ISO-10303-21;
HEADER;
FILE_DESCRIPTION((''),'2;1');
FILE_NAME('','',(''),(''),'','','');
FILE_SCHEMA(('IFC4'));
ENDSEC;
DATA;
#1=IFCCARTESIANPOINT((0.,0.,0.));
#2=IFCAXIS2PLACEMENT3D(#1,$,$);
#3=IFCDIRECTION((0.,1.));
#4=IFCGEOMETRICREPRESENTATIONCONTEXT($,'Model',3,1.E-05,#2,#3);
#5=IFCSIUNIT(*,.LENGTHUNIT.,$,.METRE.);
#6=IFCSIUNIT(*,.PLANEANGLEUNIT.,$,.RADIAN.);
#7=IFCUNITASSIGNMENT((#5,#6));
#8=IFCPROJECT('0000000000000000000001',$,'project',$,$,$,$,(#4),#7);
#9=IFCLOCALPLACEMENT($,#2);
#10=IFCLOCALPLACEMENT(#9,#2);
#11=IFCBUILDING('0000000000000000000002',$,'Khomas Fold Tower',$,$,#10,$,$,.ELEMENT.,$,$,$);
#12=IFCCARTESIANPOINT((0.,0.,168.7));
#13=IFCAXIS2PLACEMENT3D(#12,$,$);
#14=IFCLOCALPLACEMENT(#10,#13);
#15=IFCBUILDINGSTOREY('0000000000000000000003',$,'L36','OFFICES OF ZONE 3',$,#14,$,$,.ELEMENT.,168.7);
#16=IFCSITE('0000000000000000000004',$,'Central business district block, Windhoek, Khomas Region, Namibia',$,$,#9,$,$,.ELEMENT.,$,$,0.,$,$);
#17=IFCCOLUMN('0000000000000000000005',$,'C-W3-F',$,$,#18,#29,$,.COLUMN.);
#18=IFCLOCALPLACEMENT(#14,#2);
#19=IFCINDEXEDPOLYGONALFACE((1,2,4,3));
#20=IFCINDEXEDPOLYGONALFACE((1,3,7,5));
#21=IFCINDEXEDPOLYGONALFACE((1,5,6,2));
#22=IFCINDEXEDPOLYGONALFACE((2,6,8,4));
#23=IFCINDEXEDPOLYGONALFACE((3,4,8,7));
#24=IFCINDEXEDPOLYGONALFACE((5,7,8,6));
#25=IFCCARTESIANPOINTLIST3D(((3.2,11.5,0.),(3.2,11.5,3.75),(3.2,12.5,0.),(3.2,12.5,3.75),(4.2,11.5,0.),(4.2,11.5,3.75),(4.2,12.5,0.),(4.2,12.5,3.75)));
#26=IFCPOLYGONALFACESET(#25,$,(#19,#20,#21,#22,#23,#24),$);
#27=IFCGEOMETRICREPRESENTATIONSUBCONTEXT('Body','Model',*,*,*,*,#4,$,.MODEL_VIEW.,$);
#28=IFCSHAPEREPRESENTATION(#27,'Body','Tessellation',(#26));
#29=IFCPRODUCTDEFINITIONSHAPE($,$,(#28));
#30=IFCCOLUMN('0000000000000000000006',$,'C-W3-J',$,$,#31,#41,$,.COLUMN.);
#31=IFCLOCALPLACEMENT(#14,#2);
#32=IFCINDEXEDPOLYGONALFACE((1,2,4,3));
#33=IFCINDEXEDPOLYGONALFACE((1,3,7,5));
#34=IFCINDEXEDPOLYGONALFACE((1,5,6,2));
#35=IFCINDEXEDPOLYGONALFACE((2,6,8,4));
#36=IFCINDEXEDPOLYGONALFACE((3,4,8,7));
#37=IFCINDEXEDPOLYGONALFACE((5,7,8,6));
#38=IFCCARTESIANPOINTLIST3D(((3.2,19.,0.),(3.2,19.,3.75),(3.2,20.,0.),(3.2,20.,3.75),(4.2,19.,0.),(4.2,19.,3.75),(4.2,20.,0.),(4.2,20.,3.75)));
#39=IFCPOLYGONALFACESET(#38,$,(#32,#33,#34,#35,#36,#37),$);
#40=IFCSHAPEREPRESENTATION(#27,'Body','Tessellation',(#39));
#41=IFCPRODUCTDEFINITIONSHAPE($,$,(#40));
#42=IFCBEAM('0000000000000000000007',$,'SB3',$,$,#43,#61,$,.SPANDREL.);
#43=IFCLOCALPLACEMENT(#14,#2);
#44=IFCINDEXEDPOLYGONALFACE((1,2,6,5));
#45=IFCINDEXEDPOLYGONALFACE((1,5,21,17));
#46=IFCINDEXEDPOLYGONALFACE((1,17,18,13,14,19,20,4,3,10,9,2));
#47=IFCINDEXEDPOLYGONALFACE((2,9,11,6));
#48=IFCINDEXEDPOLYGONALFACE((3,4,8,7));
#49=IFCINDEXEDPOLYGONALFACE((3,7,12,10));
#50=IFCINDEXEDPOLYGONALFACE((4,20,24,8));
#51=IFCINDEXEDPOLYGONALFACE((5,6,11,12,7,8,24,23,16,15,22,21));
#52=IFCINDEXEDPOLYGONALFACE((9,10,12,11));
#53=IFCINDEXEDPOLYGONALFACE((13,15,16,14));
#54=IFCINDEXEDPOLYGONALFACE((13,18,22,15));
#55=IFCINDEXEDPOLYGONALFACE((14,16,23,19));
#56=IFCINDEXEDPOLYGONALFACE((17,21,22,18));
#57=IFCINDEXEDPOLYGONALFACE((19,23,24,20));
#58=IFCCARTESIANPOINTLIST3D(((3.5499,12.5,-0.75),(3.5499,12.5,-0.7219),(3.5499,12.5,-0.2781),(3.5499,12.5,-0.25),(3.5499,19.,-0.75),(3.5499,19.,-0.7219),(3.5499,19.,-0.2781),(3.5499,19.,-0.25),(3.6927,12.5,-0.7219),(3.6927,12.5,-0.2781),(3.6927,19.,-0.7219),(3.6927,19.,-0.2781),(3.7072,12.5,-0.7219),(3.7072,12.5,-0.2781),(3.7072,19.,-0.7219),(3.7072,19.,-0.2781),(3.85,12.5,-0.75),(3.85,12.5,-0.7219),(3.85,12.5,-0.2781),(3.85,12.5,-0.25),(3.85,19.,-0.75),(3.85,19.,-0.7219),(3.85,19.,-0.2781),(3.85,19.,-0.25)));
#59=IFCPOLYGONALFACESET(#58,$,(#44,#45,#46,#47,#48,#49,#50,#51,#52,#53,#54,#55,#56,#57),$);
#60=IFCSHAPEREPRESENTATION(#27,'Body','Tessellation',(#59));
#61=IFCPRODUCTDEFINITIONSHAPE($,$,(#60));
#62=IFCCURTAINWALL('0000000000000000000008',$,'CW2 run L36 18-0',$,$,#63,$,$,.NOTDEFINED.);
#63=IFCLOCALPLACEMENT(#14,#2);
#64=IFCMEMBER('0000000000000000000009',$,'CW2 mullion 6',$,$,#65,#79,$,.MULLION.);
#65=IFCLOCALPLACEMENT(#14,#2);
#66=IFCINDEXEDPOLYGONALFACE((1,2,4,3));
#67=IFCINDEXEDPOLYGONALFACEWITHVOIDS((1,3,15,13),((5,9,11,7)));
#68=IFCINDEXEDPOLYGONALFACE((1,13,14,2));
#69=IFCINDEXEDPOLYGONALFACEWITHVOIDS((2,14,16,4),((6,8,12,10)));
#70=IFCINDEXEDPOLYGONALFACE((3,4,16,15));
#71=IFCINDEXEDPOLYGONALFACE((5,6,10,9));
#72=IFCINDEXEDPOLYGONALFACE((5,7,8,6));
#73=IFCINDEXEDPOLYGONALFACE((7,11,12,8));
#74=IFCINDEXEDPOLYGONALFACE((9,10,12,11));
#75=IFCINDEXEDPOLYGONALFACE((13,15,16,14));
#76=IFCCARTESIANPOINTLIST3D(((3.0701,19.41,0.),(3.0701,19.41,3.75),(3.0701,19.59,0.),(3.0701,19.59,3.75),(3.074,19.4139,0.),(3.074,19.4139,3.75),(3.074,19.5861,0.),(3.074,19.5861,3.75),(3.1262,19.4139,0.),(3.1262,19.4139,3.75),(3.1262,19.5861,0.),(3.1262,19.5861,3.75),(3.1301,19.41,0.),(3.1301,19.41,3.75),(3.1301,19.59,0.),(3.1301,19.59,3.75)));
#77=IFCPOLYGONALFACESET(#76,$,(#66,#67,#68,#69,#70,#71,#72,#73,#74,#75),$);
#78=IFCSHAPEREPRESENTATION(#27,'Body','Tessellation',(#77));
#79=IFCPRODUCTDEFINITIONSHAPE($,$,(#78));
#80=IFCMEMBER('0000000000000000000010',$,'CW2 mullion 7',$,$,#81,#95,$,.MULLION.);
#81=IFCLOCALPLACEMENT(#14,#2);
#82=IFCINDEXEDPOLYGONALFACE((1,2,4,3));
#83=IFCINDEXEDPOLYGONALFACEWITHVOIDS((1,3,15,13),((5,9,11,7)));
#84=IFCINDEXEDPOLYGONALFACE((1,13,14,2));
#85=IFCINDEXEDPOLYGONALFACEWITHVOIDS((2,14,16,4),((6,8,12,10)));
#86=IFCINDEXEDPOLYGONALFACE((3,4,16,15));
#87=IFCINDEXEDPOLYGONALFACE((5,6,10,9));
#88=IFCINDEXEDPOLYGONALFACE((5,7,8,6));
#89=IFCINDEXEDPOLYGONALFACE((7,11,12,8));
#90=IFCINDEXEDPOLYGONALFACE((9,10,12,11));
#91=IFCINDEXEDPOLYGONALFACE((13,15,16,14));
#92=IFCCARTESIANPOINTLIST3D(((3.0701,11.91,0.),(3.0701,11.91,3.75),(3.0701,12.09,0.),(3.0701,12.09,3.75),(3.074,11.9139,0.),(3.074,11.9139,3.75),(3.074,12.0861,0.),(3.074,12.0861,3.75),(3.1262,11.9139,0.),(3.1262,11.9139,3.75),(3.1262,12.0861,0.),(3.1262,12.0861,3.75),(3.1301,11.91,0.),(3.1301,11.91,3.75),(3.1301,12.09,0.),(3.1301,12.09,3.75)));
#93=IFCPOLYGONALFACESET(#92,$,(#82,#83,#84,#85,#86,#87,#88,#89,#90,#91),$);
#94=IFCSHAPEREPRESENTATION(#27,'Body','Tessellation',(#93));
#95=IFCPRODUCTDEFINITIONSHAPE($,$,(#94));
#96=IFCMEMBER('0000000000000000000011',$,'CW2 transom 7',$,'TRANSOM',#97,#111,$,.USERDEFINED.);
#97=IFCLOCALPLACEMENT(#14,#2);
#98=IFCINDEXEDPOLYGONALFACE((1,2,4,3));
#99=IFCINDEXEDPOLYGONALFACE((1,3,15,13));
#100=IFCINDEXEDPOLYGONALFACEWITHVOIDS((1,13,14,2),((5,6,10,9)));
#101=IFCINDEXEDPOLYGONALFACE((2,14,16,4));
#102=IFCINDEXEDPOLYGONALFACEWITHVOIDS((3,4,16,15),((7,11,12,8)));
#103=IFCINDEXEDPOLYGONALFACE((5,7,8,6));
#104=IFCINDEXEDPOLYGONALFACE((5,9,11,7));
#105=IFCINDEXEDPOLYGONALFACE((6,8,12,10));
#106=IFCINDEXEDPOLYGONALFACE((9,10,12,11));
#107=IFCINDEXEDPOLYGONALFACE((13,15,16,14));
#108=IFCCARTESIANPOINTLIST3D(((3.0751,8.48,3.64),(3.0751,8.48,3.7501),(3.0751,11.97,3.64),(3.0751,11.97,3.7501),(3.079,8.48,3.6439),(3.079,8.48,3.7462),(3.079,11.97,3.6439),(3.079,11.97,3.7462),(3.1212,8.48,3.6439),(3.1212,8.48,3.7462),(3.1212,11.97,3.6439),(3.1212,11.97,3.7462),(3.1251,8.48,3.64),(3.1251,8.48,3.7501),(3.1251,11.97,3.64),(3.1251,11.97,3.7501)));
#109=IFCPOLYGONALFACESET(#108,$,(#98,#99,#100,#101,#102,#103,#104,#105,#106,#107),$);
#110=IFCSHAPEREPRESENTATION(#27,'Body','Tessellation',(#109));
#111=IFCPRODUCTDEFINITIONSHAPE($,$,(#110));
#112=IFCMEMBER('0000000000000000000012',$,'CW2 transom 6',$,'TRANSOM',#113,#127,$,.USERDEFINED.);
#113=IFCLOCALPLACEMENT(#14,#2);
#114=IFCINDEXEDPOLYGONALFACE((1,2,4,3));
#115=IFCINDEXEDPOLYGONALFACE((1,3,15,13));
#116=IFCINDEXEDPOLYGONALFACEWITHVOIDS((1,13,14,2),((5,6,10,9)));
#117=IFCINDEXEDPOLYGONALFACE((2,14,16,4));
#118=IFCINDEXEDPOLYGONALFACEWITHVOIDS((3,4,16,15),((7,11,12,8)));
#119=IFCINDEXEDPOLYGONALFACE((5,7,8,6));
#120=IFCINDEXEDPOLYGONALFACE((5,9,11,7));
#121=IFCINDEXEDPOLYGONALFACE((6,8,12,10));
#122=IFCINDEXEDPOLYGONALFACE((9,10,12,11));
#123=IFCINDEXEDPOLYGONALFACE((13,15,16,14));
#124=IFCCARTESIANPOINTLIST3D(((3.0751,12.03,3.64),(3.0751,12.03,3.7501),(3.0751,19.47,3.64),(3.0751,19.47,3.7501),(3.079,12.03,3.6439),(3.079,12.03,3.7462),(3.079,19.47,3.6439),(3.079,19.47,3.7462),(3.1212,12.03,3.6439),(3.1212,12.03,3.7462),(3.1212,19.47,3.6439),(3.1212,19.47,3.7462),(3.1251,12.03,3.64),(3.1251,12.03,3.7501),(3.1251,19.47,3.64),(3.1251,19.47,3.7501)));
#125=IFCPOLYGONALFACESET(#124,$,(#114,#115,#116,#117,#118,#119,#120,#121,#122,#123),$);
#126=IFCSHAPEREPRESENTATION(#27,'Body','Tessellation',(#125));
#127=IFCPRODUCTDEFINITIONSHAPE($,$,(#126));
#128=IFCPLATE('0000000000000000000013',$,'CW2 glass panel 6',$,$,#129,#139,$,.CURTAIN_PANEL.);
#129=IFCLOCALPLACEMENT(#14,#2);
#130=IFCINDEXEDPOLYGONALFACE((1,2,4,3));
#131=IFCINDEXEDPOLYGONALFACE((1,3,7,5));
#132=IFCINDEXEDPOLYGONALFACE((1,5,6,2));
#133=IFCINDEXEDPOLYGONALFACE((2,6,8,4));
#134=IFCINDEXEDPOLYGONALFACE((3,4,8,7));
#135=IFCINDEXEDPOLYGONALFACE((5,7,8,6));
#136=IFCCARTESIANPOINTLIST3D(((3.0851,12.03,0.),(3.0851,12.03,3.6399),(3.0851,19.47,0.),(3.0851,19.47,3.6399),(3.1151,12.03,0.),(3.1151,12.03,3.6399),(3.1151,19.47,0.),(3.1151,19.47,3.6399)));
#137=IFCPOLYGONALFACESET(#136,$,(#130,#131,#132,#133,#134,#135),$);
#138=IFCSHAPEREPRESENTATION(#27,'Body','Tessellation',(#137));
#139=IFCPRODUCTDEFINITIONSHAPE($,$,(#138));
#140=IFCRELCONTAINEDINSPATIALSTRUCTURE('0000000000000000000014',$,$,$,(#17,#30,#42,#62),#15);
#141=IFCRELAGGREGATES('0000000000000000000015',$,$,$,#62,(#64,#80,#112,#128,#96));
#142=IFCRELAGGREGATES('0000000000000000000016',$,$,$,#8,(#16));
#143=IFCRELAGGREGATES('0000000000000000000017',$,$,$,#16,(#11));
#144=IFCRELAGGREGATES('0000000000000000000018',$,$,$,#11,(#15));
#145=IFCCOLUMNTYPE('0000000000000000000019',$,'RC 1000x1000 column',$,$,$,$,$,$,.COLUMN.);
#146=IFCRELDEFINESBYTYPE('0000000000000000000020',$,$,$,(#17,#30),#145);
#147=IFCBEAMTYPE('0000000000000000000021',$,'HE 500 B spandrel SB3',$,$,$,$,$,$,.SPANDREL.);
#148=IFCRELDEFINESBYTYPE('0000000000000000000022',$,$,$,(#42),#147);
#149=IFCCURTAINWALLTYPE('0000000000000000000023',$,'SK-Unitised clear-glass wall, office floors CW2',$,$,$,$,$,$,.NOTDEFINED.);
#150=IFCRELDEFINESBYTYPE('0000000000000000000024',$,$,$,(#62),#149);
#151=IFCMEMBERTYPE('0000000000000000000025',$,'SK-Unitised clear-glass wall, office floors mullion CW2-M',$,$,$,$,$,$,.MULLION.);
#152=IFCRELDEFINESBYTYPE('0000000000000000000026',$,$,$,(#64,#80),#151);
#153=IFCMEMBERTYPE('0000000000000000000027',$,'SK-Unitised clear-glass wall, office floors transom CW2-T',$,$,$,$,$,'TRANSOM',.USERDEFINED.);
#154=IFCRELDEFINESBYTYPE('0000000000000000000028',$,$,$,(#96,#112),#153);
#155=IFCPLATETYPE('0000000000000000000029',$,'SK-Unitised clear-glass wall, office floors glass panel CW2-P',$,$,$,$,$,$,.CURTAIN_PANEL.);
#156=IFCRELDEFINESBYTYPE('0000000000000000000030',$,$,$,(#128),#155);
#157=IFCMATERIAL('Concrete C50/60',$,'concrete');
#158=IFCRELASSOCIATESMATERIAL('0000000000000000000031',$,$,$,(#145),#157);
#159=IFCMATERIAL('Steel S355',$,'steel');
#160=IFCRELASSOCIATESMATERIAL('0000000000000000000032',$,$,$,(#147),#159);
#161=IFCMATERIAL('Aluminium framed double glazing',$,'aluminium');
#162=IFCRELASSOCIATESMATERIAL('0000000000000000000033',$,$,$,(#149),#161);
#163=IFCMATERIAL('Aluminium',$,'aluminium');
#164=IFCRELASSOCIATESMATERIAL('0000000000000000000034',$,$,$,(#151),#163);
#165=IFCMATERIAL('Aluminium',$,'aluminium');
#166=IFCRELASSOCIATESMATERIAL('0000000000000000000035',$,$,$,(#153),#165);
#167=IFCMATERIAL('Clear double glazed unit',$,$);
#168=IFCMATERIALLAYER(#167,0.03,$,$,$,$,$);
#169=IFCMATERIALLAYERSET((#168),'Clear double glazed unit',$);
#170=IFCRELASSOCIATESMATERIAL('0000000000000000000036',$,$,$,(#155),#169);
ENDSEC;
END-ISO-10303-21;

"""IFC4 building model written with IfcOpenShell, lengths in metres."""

from ifc_helpers import new_model, si_unit, direction, frame, origin, origin_2d, place, context, subcontext, project, spatial, rectangle, hollow_rectangle, i_section, extrude, source, transform, mapped, material, layer, layer_set, material_profile, profile_set, type_object, element, aggregate, save


model = new_model("IFC4")

# Units and contexts
model_context = context("Model", 3, precision=1e-05, world=origin(), true_north=direction((0.0, 1.0)))
body_context = subcontext(model_context, "Body", "Model", "MODEL_VIEW")
ifc_project = project(units=[si_unit("LENGTHUNIT", "METRE"), si_unit("PLANEANGLEUNIT", "RADIAN")], contexts=[model_context])

# Site, building, storey
site_placement = place(None, origin())
site = spatial("IfcSite", under=ifc_project, at=site_placement, Name="Central business district block, Windhoek, Khomas Region, Namibia", CompositionType="ELEMENT", RefElevation=0.0)
building_placement = place(site_placement, origin())
building = spatial("IfcBuilding", under=site, at=building_placement, Name="Khomas Fold Tower", CompositionType="ELEMENT")
storey_placement = place(building_placement, frame((0.0, 0.0, 168.7)))
storey = spatial("IfcBuildingStorey", under=building, at=storey_placement, Name="L36", Description="OFFICES OF ZONE 3", CompositionType="ELEMENT", Elevation=168.7)

# Columns
ifc_material_1 = material(Name="Concrete C50/60", Category="concrete")
ifc_material_profile_1 = material_profile(ifc_material_1, rectangle(XDim=1.0, YDim=1.0, at=origin_2d()), Name="RC 1000x1000")
ifc_profile_set_1 = profile_set([ifc_material_profile_1], Name="Concrete C50/60")
column_type = type_object("IfcColumnType", Name="RC 1000x1000 column", PredefinedType="COLUMN", material=ifc_profile_set_1)
shared_shape_1 = source(origin(), body_context, "Body", "SweptSolid", [
    extrude(rectangle(XDim=1.0, YDim=1.0, at=origin_2d()), origin(), (0.0, 0.0, 1.0), 3.75),
])
for number, where, z_axis, x_axis, name in (
    (1, (3.7, 12.0, 0.0), (0.0, 0.0, 1.0), (1.0, 0.0, 0.0), "C-W3-F"),
    (2, (3.7, 19.5, 0.0), (0.0, 0.0, 1.0), (1.0, 0.0, 0.0), "C-W3-J"),
):
    element("IfcColumn", number, at=place(storey_placement, frame(where, z_axis=z_axis, x_axis=x_axis)), inside=storey, type_object=column_type, Name=name, PredefinedType="COLUMN", context=body_context, shape_type="MappedRepresentation", body=[
        mapped(shared_shape_1, transform((0.0, 0.0, 0.0))),
    ])

# Beam
ifc_material_2 = material(Name="Steel S355", Category="steel")
ifc_material_profile_2 = material_profile(ifc_material_2, i_section(OverallWidth=0.3, OverallDepth=0.5, WebThickness=0.0144, FlangeThickness=0.0281, at=origin_2d()), Name="HE 500 B")
ifc_profile_set_2 = profile_set([ifc_material_profile_2], Name="Steel S355")
beam_type = type_object("IfcBeamType", Name="HE 500 B spandrel SB3", PredefinedType="SPANDREL", material=ifc_profile_set_2)
shared_shape_2 = source(origin(), body_context, "Body", "SweptSolid", [
    extrude(i_section(OverallWidth=0.3, OverallDepth=0.5, WebThickness=0.0144, FlangeThickness=0.0281, at=origin_2d()), origin(), (0.0, 0.0, 1.0), 6.5),
])
beam_placement = place(storey_placement, frame((3.7, 12.5, -0.5), z_axis=(0.0, 1.0, 0.0), x_axis=(-1.0, 0.0, 0.0)))
element("IfcBeam", 3, at=beam_placement, inside=storey, type_object=beam_type, Name="SB3", PredefinedType="SPANDREL", context=body_context, shape_type="MappedRepresentation", body=[
    mapped(shared_shape_2, transform((0.0, 0.0, 0.0))),
])

# Curtain wall, members, plate
ifc_material_3 = material(Name="Aluminium framed double glazing", Category="aluminium")
curtain_wall_type = type_object("IfcCurtainWallType", Name="SK-Unitised clear-glass wall, office floors CW2", PredefinedType="NOTDEFINED", material=ifc_material_3)
curtain_wall_placement = place(storey_placement, origin())
curtain_wall = element("IfcCurtainWall", 4, at=curtain_wall_placement, inside=storey, type_object=curtain_wall_type, Name="CW2 run L36 18-0", PredefinedType="NOTDEFINED")
ifc_material_4 = material(Name="Aluminium", Category="aluminium")
ifc_material_profile_3 = material_profile(ifc_material_4, hollow_rectangle(XDim=0.0601, YDim=0.1799, WallThickness=0.0039, at=origin_2d()), Name="SK-Unitised clear-glass wall, office floors mullion CW2-M")
ifc_profile_set_3 = profile_set([ifc_material_profile_3], Name="Aluminium")
member_type_1 = type_object("IfcMemberType", Name="SK-Unitised clear-glass wall, office floors mullion CW2-M", PredefinedType="MULLION", material=ifc_profile_set_3)
shared_shape_3 = source(origin(), body_context, "Body", "SweptSolid", [
    extrude(hollow_rectangle(XDim=0.0601, YDim=0.1799, WallThickness=0.0039, at=origin_2d()), origin(), (0.0, 0.0, 1.0), 3.75),
])
member_1_placement = place(storey_placement, frame((3.1001, 19.5, 0.0), z_axis=(0.0, 0.0, 1.0), x_axis=(1.0, 0.0, 0.0)))
member_1 = element("IfcMember", 5, at=member_1_placement, type_object=member_type_1, Name="CW2 mullion 6", PredefinedType="MULLION", context=body_context, shape_type="MappedRepresentation", body=[
    mapped(shared_shape_3, transform((0.0, 0.0, 0.0))),
])
member_2_placement = place(storey_placement, frame((3.1001, 12.0, 0.0), z_axis=(0.0, 0.0, 1.0), x_axis=(1.0, 0.0, 0.0)))
member_2 = element("IfcMember", 6, at=member_2_placement, type_object=member_type_1, Name="CW2 mullion 7", PredefinedType="MULLION", context=body_context, shape_type="MappedRepresentation", body=[
    mapped(shared_shape_3, transform((0.0, 0.0, 0.0))),
])
ifc_material_5 = material(Name="Aluminium", Category="aluminium")
ifc_material_profile_4 = material_profile(ifc_material_5, hollow_rectangle(XDim=0.05, YDim=0.1101, WallThickness=0.0039, at=origin_2d()), Name="SK-Unitised clear-glass wall, office floors transom CW2-T")
ifc_profile_set_4 = profile_set([ifc_material_profile_4], Name="Aluminium")
member_type_2 = type_object("IfcMemberType", Name="SK-Unitised clear-glass wall, office floors transom CW2-T", ElementType="TRANSOM", PredefinedType="USERDEFINED", material=ifc_profile_set_4)
shared_shape_4 = source(origin(), body_context, "Body", "SweptSolid", [
    extrude(hollow_rectangle(XDim=0.05, YDim=0.1101, WallThickness=0.0039, at=origin_2d()), origin(), (0.0, 0.0, 1.0), 3.49),
])
member_3_placement = place(storey_placement, frame((3.1001, 11.97, 3.6951), z_axis=(0.0, -1.0, 0.0), x_axis=(1.0, 0.0, 0.0)))
member_3 = element("IfcMember", 7, at=member_3_placement, type_object=member_type_2, Name="CW2 transom 7", ObjectType="TRANSOM", PredefinedType="USERDEFINED", context=body_context, shape_type="MappedRepresentation", body=[
    mapped(shared_shape_4, transform((0.0, 0.0, 0.0))),
])
shared_shape_5 = source(origin(), body_context, "Body", "SweptSolid", [
    extrude(hollow_rectangle(XDim=0.05, YDim=0.1101, WallThickness=0.0039, at=origin_2d()), origin(), (0.0, 0.0, 1.0), 7.4399),
])
member_4_placement = place(storey_placement, frame((3.1001, 19.47, 3.6951), z_axis=(0.0, -1.0, 0.0), x_axis=(1.0, 0.0, 0.0)))
member_4 = element("IfcMember", 8, at=member_4_placement, type_object=member_type_2, Name="CW2 transom 6", ObjectType="TRANSOM", PredefinedType="USERDEFINED", context=body_context, shape_type="MappedRepresentation", body=[
    mapped(shared_shape_5, transform((0.0, 0.0, 0.0))),
])
ifc_material_6 = material(Name="Clear double glazed unit")
ifc_layer_1 = layer(ifc_material_6, 0.03)
ifc_layer_set_1 = layer_set([ifc_layer_1], Name="Clear double glazed unit")
plate_type = type_object("IfcPlateType", Name="SK-Unitised clear-glass wall, office floors glass panel CW2-P", PredefinedType="CURTAIN_PANEL", material=ifc_layer_set_1)
shared_shape_6 = source(origin(), body_context, "Body", "SweptSolid", [
    extrude(rectangle(XDim=7.4399, YDim=0.03, at=origin_2d()), origin(), (0.0, 0.0, 1.0), 3.6399),
])
plate_placement = place(storey_placement, frame((3.1001, 15.75, 0.0), z_axis=(0.0, 0.0, 1.0), x_axis=(0.0, -1.0, 0.0)))
plate = element("IfcPlate", 9, at=plate_placement, type_object=plate_type, Name="CW2 glass panel 6", PredefinedType="CURTAIN_PANEL", context=body_context, shape_type="MappedRepresentation", body=[
    mapped(shared_shape_6, transform((0.0, 0.0, 0.0))),
])
aggregate(curtain_wall, [member_1, member_2, member_4, plate, member_3])

save(model, "model.ifc")
